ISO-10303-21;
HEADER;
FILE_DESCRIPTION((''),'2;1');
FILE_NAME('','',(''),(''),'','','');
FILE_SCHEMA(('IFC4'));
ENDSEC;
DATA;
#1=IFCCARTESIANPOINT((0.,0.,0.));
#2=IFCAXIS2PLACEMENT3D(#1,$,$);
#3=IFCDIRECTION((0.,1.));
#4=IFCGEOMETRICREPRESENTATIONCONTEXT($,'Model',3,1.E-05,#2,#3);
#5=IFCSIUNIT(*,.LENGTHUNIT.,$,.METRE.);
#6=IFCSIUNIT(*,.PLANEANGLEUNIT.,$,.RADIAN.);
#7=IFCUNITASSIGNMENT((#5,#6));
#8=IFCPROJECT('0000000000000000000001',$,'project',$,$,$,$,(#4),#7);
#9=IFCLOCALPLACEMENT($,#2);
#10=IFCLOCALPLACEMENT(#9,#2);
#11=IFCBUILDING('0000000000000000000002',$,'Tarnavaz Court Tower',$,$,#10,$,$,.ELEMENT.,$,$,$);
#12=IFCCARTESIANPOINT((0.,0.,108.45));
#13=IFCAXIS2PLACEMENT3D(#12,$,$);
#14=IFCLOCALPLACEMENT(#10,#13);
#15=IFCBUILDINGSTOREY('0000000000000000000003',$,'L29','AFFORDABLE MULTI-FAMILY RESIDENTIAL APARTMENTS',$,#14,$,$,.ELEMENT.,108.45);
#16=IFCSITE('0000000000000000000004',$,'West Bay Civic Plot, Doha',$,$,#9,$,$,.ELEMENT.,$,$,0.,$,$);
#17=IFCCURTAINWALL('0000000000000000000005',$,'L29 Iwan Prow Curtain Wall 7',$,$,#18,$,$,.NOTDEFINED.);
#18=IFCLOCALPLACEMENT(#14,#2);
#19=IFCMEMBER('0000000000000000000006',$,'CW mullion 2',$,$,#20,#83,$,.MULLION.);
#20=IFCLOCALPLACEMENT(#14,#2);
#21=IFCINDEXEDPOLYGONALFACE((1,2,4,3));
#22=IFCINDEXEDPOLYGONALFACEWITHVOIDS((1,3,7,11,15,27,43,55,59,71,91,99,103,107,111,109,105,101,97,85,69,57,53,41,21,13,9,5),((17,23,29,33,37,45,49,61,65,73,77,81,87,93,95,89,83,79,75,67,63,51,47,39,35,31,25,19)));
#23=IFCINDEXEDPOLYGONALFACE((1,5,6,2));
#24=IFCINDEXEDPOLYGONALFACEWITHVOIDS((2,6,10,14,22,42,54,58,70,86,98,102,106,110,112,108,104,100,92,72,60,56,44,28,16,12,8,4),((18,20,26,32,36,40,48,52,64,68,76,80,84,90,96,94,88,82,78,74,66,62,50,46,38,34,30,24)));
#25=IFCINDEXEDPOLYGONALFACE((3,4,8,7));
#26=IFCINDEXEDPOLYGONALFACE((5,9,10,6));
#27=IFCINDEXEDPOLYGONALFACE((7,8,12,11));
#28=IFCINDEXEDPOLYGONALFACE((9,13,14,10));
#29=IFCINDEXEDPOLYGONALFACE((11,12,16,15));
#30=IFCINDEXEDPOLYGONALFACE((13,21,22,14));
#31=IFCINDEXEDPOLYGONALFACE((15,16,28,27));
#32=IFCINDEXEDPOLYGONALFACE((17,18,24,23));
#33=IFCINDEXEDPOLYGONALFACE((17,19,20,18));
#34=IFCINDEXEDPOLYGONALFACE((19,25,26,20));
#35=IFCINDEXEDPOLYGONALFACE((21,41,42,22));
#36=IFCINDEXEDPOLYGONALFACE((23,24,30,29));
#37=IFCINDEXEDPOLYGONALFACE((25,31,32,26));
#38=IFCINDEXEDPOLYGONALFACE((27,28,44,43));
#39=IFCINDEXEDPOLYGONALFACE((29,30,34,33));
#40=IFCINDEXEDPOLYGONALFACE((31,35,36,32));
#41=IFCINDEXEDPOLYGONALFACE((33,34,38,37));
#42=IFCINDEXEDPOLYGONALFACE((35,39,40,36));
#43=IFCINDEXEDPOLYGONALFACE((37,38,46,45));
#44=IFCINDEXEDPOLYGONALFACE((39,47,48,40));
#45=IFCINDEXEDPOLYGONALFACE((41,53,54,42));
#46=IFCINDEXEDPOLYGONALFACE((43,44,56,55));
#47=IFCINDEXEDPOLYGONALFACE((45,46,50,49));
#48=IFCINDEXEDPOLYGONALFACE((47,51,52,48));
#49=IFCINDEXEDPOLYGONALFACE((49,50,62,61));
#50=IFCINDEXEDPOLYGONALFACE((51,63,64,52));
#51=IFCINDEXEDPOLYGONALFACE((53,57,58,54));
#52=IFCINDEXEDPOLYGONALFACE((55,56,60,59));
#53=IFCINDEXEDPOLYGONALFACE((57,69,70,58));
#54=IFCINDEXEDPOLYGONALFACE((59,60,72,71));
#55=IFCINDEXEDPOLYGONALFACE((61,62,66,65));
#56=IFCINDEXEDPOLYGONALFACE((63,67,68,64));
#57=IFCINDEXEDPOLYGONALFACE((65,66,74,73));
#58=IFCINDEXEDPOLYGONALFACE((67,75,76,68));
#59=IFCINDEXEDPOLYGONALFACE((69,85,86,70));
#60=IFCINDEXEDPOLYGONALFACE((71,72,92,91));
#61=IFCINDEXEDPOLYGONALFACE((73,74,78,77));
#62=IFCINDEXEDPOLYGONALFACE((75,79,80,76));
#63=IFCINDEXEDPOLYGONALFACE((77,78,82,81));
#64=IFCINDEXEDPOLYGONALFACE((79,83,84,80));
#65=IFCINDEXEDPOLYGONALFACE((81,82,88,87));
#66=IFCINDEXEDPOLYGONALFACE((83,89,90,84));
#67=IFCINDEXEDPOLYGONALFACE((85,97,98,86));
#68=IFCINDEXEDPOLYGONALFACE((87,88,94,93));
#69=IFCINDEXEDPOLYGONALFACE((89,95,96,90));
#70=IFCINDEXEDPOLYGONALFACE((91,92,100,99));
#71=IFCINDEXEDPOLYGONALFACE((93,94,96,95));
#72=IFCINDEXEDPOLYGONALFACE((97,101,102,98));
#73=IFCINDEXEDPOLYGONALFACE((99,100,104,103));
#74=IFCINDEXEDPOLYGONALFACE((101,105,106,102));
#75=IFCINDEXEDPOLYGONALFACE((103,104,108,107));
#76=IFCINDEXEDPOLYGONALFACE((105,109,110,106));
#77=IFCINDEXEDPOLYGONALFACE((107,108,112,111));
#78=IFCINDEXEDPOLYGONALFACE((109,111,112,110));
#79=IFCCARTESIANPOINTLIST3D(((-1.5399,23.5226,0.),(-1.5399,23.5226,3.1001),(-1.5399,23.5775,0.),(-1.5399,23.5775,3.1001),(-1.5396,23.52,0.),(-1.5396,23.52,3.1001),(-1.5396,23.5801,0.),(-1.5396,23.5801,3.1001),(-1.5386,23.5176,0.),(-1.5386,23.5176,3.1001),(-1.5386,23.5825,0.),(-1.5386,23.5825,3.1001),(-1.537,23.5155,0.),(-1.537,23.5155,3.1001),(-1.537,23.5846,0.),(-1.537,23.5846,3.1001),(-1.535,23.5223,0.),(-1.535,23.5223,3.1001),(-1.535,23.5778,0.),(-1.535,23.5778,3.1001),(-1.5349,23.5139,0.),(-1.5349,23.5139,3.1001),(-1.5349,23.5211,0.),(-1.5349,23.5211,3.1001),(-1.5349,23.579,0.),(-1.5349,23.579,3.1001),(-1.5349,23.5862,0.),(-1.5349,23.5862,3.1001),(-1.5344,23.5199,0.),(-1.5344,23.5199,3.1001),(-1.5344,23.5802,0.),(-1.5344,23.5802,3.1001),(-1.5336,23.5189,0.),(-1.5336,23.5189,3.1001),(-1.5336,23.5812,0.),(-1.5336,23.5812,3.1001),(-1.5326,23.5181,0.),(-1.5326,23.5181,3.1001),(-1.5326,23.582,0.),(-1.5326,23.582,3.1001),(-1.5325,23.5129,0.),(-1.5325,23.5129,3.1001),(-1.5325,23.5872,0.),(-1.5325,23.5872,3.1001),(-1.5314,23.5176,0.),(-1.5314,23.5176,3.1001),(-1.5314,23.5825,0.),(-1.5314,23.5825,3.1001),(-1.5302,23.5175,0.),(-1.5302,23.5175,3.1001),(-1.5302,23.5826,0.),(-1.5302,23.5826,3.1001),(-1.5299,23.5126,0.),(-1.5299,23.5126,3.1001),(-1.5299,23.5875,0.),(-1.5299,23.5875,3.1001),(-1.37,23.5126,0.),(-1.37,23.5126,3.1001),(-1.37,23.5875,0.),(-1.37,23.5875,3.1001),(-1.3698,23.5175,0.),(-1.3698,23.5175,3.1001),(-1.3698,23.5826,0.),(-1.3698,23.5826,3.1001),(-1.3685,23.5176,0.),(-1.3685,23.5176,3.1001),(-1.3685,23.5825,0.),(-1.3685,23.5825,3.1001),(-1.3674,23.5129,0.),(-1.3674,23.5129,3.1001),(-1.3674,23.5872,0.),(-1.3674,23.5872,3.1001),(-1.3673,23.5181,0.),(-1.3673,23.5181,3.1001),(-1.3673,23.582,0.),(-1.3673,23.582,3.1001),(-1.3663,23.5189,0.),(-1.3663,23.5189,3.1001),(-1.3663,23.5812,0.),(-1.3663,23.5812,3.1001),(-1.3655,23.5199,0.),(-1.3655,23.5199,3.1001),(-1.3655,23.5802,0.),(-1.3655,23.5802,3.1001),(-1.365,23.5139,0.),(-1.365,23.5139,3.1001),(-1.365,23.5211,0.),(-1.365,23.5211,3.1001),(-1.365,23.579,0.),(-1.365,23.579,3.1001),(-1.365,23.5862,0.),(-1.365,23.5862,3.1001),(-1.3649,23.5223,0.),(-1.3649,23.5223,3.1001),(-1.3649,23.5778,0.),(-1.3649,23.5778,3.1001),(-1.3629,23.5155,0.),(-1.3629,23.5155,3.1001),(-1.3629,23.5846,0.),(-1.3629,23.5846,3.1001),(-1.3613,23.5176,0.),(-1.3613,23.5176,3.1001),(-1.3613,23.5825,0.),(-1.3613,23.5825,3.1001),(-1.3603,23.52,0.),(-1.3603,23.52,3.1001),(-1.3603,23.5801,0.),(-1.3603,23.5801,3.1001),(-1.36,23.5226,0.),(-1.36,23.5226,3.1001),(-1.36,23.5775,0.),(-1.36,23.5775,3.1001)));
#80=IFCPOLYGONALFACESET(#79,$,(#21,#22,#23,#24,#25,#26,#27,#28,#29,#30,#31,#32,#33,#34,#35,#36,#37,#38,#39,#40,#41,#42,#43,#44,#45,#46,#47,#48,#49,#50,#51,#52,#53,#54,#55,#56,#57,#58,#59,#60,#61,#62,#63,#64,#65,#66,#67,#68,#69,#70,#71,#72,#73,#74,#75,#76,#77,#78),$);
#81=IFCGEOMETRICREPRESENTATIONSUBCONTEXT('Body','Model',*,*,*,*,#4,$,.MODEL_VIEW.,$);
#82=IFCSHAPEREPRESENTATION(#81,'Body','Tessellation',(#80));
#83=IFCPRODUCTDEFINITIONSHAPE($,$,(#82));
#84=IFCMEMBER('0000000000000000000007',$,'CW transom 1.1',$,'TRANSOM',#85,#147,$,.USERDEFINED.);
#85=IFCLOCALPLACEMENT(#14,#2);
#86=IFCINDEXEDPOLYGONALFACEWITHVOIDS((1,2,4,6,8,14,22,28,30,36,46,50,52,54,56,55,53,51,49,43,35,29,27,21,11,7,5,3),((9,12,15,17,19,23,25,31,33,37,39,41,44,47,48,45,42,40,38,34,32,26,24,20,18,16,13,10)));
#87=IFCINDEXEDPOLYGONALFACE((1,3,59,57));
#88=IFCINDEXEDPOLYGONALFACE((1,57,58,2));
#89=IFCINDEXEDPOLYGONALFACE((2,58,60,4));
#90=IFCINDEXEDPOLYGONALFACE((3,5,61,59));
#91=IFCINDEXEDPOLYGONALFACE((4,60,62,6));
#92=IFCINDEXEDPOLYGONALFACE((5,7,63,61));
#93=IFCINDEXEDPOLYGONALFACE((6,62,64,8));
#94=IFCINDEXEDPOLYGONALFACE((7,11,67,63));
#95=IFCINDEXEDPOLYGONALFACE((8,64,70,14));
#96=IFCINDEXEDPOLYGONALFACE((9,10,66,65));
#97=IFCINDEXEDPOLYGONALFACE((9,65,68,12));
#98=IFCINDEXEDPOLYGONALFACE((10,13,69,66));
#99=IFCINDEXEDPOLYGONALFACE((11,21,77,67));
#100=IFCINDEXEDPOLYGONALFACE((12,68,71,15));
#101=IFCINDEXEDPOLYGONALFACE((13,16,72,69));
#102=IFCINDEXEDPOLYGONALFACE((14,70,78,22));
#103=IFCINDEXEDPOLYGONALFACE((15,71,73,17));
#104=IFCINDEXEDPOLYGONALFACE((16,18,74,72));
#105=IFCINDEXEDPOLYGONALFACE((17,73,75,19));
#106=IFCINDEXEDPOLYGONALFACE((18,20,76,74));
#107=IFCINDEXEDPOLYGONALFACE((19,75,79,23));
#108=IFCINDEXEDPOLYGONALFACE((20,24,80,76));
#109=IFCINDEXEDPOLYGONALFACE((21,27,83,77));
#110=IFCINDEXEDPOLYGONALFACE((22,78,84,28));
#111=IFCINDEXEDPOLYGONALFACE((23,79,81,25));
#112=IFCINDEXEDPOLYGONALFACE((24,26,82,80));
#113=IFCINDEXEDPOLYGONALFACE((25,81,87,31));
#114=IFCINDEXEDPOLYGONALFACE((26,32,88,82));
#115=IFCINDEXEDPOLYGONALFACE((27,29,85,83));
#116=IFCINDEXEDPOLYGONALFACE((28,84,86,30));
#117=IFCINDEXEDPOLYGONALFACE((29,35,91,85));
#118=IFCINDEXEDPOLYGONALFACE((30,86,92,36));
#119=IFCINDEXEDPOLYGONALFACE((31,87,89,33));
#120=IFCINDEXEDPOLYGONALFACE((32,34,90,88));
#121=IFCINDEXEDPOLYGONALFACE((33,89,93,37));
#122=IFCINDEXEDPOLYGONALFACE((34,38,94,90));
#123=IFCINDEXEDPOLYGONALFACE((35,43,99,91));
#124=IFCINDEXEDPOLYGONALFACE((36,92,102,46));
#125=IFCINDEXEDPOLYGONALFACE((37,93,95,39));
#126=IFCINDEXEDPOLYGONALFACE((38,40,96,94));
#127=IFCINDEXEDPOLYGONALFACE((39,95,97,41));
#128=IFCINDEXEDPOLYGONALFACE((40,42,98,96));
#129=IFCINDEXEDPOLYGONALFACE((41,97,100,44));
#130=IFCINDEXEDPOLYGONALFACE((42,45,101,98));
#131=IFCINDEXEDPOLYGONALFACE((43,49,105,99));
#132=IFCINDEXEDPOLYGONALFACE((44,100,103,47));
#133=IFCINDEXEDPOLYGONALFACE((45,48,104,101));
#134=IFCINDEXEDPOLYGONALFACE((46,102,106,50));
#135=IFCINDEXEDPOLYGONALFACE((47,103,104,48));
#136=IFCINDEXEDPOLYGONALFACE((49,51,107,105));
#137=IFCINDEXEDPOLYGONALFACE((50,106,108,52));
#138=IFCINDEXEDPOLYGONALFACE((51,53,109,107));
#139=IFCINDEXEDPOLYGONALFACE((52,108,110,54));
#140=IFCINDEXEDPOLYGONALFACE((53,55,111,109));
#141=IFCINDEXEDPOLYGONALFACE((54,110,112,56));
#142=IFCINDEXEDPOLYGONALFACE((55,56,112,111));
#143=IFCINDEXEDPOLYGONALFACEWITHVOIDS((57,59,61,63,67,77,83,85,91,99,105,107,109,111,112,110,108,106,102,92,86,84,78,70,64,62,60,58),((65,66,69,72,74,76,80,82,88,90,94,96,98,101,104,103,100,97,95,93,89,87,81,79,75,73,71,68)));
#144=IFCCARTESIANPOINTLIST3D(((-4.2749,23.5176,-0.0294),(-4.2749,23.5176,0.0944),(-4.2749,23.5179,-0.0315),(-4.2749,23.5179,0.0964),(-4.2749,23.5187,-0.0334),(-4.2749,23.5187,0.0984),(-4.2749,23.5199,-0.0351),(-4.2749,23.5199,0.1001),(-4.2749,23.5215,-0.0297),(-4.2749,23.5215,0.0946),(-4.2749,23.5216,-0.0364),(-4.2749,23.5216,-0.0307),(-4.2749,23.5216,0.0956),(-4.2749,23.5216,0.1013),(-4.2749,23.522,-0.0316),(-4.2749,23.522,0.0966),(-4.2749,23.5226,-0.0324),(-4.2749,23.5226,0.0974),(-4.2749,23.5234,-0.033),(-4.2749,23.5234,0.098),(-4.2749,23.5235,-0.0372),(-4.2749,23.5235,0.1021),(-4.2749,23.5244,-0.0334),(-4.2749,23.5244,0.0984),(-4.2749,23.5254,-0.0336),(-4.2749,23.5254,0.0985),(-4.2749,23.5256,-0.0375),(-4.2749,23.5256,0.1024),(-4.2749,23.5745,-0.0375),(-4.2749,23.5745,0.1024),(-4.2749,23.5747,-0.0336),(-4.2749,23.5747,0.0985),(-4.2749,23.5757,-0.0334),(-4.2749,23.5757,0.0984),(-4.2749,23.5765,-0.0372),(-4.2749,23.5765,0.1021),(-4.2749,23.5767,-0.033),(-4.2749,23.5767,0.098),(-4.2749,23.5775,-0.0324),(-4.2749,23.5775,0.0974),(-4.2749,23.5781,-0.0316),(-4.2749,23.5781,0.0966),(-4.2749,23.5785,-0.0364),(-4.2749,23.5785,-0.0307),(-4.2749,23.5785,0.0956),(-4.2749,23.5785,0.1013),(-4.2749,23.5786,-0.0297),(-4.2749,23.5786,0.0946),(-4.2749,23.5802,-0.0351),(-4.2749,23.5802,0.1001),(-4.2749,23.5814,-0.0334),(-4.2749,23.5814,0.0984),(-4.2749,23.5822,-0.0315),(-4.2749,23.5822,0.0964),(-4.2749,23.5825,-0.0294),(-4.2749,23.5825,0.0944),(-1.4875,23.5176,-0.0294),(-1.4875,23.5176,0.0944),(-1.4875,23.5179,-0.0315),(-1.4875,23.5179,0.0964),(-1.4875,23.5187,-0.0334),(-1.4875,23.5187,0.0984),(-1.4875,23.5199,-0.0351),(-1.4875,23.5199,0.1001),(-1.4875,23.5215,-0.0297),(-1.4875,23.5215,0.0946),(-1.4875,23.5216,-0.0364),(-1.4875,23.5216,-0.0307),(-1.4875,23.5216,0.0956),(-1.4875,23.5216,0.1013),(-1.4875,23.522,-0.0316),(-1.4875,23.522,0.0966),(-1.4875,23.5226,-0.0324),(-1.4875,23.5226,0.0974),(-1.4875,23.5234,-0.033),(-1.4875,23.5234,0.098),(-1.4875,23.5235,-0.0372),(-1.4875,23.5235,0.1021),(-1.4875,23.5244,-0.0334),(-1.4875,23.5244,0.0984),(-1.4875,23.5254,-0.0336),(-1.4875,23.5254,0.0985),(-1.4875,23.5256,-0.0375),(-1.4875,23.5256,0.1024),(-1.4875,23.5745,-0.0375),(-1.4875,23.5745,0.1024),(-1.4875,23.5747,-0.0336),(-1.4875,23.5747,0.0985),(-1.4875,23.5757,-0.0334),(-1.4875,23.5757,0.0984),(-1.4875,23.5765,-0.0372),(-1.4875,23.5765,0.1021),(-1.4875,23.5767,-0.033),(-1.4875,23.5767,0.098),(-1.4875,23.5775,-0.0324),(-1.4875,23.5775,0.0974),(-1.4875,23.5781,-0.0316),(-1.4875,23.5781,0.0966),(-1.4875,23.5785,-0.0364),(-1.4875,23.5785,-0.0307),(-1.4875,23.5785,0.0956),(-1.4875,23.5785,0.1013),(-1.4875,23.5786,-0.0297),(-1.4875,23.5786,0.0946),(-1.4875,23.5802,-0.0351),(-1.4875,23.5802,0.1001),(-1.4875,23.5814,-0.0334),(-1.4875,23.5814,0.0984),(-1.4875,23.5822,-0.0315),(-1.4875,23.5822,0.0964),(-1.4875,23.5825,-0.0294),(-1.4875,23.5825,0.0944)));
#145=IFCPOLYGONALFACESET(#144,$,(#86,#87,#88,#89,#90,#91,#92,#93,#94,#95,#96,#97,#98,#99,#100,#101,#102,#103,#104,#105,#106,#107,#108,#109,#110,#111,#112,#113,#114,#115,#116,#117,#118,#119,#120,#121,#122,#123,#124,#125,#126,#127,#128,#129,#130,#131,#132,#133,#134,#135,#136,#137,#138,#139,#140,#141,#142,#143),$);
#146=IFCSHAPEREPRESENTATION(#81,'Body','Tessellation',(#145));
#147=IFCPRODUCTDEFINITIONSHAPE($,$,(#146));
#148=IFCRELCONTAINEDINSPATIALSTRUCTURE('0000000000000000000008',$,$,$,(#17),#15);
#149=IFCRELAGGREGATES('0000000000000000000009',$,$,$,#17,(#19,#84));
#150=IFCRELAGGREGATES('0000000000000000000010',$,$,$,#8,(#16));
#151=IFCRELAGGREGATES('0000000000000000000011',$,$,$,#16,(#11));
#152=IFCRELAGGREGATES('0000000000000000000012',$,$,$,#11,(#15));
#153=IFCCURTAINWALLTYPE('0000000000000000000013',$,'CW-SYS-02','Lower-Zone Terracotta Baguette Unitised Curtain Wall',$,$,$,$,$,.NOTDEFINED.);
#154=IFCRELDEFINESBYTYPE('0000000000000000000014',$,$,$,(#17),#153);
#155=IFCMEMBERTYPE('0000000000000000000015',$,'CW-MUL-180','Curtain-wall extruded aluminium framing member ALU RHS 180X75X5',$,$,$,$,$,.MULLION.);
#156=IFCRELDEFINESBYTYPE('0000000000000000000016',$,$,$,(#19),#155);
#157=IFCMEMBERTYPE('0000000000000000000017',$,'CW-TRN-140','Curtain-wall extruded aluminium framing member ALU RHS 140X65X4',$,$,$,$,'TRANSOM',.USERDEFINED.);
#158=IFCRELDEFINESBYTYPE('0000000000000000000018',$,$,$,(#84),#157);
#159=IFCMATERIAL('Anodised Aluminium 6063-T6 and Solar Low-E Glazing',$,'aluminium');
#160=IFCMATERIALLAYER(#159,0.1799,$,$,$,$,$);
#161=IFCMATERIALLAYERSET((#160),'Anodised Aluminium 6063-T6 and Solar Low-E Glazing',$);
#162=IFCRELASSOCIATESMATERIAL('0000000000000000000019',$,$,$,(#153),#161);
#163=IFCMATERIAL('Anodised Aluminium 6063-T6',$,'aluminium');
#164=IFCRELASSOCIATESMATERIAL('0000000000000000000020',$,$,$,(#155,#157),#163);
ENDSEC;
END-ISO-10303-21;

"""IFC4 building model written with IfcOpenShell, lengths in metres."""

from ifc_helpers import new_model, si_unit, direction, frame, origin, origin_2d, place, context, subcontext, project, spatial, hollow_rectangle, extrude, material, layer, layer_set, material_profile, profile_set, type_object, element, aggregate, save


model = new_model("IFC4")

# Units and contexts
model_context = context("Model", 3, precision=1e-05, world=origin(), true_north=direction((0.0, 1.0)))
body_context = subcontext(model_context, "Body", "Model", "MODEL_VIEW")
ifc_project = project(units=[si_unit("LENGTHUNIT", "METRE"), si_unit("PLANEANGLEUNIT", "RADIAN")], contexts=[model_context])

# Site, building, storey
site_placement = place(None, origin())
site = spatial("IfcSite", under=ifc_project, at=site_placement, Name="West Bay Civic Plot, Doha", CompositionType="ELEMENT", RefElevation=0.0)
building_placement = place(site_placement, origin())
building = spatial("IfcBuilding", under=site, at=building_placement, Name="Tarnavaz Court Tower", CompositionType="ELEMENT")
storey_placement = place(building_placement, frame((0.0, 0.0, 108.45)))
storey = spatial("IfcBuildingStorey", under=building, at=storey_placement, Name="L29", Description="AFFORDABLE MULTI-FAMILY RESIDENTIAL APARTMENTS", CompositionType="ELEMENT", Elevation=108.45)

# Curtain wall, members
ifc_material_1 = material(Name="Anodised Aluminium 6063-T6 and Solar Low-E Glazing", Category="aluminium")
ifc_layer_1 = layer(ifc_material_1, 0.1799)
ifc_layer_set_1 = layer_set([ifc_layer_1], Name="Anodised Aluminium 6063-T6 and Solar Low-E Glazing")
curtain_wall_type = type_object("IfcCurtainWallType", Name="CW-SYS-02", Description="Lower-Zone Terracotta Baguette Unitised Curtain Wall", PredefinedType="NOTDEFINED", material=ifc_layer_set_1)
curtain_wall_placement = place(storey_placement, origin())
curtain_wall = element("IfcCurtainWall", 1, at=curtain_wall_placement, inside=storey, type_object=curtain_wall_type, Name="L29 Iwan Prow Curtain Wall 7", PredefinedType="NOTDEFINED")
ifc_material_2 = material(Name="Anodised Aluminium 6063-T6", Category="aluminium")
ifc_material_profile_1 = material_profile(ifc_material_2, hollow_rectangle(XDim=0.075, YDim=0.1799, WallThickness=0.0049, InnerFilletRadius=0.0049, OuterFilletRadius=0.01, at=origin_2d()), Name="ALU RHS 180X75X5")
ifc_profile_set_1 = profile_set([ifc_material_profile_1], Name="Anodised Aluminium 6063-T6")
member_type_1 = type_object("IfcMemberType", Name="CW-MUL-180", Description="Curtain-wall extruded aluminium framing member ALU RHS 180X75X5", PredefinedType="MULLION", material=ifc_profile_set_1)
member_1_placement = place(storey_placement, frame((-1.45, 23.55, 0.0), z_axis=(0.0, 0.0, 1.0), x_axis=(0.0, 1.0, 0.0)))
member_1 = element("IfcMember", 2, at=member_1_placement, type_object=member_type_1, Name="CW mullion 2", PredefinedType="MULLION", context=body_context, shape_type="SweptSolid", body=[
    extrude(hollow_rectangle(XDim=0.075, YDim=0.1799, WallThickness=0.0049, InnerFilletRadius=0.0049, OuterFilletRadius=0.01, at=origin_2d()), origin(), (0.0, 0.0, 1.0), 3.1001),
])
ifc_material_profile_2 = material_profile(ifc_material_2, hollow_rectangle(XDim=0.0649, YDim=0.1399, WallThickness=0.0039, InnerFilletRadius=0.0039, OuterFilletRadius=0.0081, at=origin_2d()), Name="ALU RHS 140X65X4")
ifc_profile_set_2 = profile_set([ifc_material_profile_2], Name="Anodised Aluminium 6063-T6")
member_type_2 = type_object("IfcMemberType", Name="CW-TRN-140", Description="Curtain-wall extruded aluminium framing member ALU RHS 140X65X4", ElementType="TRANSOM", PredefinedType="USERDEFINED", material=ifc_profile_set_2)
member_2_placement = place(storey_placement, frame((-4.2749, 23.55, 0.0325), z_axis=(1.0, 0.0, 0.0), x_axis=(0.0, 1.0, 0.0)))
member_2 = element("IfcMember", 3, at=member_2_placement, type_object=member_type_2, Name="CW transom 1.1", ObjectType="TRANSOM", PredefinedType="USERDEFINED", context=body_context, shape_type="SweptSolid", body=[
    extrude(hollow_rectangle(XDim=0.0649, YDim=0.1399, WallThickness=0.0039, InnerFilletRadius=0.0039, OuterFilletRadius=0.0081, at=origin_2d()), origin(), (0.0, 0.0, 1.0), 2.7874),
])
aggregate(curtain_wall, [member_1, member_2])

save(model, "model.ifc")
